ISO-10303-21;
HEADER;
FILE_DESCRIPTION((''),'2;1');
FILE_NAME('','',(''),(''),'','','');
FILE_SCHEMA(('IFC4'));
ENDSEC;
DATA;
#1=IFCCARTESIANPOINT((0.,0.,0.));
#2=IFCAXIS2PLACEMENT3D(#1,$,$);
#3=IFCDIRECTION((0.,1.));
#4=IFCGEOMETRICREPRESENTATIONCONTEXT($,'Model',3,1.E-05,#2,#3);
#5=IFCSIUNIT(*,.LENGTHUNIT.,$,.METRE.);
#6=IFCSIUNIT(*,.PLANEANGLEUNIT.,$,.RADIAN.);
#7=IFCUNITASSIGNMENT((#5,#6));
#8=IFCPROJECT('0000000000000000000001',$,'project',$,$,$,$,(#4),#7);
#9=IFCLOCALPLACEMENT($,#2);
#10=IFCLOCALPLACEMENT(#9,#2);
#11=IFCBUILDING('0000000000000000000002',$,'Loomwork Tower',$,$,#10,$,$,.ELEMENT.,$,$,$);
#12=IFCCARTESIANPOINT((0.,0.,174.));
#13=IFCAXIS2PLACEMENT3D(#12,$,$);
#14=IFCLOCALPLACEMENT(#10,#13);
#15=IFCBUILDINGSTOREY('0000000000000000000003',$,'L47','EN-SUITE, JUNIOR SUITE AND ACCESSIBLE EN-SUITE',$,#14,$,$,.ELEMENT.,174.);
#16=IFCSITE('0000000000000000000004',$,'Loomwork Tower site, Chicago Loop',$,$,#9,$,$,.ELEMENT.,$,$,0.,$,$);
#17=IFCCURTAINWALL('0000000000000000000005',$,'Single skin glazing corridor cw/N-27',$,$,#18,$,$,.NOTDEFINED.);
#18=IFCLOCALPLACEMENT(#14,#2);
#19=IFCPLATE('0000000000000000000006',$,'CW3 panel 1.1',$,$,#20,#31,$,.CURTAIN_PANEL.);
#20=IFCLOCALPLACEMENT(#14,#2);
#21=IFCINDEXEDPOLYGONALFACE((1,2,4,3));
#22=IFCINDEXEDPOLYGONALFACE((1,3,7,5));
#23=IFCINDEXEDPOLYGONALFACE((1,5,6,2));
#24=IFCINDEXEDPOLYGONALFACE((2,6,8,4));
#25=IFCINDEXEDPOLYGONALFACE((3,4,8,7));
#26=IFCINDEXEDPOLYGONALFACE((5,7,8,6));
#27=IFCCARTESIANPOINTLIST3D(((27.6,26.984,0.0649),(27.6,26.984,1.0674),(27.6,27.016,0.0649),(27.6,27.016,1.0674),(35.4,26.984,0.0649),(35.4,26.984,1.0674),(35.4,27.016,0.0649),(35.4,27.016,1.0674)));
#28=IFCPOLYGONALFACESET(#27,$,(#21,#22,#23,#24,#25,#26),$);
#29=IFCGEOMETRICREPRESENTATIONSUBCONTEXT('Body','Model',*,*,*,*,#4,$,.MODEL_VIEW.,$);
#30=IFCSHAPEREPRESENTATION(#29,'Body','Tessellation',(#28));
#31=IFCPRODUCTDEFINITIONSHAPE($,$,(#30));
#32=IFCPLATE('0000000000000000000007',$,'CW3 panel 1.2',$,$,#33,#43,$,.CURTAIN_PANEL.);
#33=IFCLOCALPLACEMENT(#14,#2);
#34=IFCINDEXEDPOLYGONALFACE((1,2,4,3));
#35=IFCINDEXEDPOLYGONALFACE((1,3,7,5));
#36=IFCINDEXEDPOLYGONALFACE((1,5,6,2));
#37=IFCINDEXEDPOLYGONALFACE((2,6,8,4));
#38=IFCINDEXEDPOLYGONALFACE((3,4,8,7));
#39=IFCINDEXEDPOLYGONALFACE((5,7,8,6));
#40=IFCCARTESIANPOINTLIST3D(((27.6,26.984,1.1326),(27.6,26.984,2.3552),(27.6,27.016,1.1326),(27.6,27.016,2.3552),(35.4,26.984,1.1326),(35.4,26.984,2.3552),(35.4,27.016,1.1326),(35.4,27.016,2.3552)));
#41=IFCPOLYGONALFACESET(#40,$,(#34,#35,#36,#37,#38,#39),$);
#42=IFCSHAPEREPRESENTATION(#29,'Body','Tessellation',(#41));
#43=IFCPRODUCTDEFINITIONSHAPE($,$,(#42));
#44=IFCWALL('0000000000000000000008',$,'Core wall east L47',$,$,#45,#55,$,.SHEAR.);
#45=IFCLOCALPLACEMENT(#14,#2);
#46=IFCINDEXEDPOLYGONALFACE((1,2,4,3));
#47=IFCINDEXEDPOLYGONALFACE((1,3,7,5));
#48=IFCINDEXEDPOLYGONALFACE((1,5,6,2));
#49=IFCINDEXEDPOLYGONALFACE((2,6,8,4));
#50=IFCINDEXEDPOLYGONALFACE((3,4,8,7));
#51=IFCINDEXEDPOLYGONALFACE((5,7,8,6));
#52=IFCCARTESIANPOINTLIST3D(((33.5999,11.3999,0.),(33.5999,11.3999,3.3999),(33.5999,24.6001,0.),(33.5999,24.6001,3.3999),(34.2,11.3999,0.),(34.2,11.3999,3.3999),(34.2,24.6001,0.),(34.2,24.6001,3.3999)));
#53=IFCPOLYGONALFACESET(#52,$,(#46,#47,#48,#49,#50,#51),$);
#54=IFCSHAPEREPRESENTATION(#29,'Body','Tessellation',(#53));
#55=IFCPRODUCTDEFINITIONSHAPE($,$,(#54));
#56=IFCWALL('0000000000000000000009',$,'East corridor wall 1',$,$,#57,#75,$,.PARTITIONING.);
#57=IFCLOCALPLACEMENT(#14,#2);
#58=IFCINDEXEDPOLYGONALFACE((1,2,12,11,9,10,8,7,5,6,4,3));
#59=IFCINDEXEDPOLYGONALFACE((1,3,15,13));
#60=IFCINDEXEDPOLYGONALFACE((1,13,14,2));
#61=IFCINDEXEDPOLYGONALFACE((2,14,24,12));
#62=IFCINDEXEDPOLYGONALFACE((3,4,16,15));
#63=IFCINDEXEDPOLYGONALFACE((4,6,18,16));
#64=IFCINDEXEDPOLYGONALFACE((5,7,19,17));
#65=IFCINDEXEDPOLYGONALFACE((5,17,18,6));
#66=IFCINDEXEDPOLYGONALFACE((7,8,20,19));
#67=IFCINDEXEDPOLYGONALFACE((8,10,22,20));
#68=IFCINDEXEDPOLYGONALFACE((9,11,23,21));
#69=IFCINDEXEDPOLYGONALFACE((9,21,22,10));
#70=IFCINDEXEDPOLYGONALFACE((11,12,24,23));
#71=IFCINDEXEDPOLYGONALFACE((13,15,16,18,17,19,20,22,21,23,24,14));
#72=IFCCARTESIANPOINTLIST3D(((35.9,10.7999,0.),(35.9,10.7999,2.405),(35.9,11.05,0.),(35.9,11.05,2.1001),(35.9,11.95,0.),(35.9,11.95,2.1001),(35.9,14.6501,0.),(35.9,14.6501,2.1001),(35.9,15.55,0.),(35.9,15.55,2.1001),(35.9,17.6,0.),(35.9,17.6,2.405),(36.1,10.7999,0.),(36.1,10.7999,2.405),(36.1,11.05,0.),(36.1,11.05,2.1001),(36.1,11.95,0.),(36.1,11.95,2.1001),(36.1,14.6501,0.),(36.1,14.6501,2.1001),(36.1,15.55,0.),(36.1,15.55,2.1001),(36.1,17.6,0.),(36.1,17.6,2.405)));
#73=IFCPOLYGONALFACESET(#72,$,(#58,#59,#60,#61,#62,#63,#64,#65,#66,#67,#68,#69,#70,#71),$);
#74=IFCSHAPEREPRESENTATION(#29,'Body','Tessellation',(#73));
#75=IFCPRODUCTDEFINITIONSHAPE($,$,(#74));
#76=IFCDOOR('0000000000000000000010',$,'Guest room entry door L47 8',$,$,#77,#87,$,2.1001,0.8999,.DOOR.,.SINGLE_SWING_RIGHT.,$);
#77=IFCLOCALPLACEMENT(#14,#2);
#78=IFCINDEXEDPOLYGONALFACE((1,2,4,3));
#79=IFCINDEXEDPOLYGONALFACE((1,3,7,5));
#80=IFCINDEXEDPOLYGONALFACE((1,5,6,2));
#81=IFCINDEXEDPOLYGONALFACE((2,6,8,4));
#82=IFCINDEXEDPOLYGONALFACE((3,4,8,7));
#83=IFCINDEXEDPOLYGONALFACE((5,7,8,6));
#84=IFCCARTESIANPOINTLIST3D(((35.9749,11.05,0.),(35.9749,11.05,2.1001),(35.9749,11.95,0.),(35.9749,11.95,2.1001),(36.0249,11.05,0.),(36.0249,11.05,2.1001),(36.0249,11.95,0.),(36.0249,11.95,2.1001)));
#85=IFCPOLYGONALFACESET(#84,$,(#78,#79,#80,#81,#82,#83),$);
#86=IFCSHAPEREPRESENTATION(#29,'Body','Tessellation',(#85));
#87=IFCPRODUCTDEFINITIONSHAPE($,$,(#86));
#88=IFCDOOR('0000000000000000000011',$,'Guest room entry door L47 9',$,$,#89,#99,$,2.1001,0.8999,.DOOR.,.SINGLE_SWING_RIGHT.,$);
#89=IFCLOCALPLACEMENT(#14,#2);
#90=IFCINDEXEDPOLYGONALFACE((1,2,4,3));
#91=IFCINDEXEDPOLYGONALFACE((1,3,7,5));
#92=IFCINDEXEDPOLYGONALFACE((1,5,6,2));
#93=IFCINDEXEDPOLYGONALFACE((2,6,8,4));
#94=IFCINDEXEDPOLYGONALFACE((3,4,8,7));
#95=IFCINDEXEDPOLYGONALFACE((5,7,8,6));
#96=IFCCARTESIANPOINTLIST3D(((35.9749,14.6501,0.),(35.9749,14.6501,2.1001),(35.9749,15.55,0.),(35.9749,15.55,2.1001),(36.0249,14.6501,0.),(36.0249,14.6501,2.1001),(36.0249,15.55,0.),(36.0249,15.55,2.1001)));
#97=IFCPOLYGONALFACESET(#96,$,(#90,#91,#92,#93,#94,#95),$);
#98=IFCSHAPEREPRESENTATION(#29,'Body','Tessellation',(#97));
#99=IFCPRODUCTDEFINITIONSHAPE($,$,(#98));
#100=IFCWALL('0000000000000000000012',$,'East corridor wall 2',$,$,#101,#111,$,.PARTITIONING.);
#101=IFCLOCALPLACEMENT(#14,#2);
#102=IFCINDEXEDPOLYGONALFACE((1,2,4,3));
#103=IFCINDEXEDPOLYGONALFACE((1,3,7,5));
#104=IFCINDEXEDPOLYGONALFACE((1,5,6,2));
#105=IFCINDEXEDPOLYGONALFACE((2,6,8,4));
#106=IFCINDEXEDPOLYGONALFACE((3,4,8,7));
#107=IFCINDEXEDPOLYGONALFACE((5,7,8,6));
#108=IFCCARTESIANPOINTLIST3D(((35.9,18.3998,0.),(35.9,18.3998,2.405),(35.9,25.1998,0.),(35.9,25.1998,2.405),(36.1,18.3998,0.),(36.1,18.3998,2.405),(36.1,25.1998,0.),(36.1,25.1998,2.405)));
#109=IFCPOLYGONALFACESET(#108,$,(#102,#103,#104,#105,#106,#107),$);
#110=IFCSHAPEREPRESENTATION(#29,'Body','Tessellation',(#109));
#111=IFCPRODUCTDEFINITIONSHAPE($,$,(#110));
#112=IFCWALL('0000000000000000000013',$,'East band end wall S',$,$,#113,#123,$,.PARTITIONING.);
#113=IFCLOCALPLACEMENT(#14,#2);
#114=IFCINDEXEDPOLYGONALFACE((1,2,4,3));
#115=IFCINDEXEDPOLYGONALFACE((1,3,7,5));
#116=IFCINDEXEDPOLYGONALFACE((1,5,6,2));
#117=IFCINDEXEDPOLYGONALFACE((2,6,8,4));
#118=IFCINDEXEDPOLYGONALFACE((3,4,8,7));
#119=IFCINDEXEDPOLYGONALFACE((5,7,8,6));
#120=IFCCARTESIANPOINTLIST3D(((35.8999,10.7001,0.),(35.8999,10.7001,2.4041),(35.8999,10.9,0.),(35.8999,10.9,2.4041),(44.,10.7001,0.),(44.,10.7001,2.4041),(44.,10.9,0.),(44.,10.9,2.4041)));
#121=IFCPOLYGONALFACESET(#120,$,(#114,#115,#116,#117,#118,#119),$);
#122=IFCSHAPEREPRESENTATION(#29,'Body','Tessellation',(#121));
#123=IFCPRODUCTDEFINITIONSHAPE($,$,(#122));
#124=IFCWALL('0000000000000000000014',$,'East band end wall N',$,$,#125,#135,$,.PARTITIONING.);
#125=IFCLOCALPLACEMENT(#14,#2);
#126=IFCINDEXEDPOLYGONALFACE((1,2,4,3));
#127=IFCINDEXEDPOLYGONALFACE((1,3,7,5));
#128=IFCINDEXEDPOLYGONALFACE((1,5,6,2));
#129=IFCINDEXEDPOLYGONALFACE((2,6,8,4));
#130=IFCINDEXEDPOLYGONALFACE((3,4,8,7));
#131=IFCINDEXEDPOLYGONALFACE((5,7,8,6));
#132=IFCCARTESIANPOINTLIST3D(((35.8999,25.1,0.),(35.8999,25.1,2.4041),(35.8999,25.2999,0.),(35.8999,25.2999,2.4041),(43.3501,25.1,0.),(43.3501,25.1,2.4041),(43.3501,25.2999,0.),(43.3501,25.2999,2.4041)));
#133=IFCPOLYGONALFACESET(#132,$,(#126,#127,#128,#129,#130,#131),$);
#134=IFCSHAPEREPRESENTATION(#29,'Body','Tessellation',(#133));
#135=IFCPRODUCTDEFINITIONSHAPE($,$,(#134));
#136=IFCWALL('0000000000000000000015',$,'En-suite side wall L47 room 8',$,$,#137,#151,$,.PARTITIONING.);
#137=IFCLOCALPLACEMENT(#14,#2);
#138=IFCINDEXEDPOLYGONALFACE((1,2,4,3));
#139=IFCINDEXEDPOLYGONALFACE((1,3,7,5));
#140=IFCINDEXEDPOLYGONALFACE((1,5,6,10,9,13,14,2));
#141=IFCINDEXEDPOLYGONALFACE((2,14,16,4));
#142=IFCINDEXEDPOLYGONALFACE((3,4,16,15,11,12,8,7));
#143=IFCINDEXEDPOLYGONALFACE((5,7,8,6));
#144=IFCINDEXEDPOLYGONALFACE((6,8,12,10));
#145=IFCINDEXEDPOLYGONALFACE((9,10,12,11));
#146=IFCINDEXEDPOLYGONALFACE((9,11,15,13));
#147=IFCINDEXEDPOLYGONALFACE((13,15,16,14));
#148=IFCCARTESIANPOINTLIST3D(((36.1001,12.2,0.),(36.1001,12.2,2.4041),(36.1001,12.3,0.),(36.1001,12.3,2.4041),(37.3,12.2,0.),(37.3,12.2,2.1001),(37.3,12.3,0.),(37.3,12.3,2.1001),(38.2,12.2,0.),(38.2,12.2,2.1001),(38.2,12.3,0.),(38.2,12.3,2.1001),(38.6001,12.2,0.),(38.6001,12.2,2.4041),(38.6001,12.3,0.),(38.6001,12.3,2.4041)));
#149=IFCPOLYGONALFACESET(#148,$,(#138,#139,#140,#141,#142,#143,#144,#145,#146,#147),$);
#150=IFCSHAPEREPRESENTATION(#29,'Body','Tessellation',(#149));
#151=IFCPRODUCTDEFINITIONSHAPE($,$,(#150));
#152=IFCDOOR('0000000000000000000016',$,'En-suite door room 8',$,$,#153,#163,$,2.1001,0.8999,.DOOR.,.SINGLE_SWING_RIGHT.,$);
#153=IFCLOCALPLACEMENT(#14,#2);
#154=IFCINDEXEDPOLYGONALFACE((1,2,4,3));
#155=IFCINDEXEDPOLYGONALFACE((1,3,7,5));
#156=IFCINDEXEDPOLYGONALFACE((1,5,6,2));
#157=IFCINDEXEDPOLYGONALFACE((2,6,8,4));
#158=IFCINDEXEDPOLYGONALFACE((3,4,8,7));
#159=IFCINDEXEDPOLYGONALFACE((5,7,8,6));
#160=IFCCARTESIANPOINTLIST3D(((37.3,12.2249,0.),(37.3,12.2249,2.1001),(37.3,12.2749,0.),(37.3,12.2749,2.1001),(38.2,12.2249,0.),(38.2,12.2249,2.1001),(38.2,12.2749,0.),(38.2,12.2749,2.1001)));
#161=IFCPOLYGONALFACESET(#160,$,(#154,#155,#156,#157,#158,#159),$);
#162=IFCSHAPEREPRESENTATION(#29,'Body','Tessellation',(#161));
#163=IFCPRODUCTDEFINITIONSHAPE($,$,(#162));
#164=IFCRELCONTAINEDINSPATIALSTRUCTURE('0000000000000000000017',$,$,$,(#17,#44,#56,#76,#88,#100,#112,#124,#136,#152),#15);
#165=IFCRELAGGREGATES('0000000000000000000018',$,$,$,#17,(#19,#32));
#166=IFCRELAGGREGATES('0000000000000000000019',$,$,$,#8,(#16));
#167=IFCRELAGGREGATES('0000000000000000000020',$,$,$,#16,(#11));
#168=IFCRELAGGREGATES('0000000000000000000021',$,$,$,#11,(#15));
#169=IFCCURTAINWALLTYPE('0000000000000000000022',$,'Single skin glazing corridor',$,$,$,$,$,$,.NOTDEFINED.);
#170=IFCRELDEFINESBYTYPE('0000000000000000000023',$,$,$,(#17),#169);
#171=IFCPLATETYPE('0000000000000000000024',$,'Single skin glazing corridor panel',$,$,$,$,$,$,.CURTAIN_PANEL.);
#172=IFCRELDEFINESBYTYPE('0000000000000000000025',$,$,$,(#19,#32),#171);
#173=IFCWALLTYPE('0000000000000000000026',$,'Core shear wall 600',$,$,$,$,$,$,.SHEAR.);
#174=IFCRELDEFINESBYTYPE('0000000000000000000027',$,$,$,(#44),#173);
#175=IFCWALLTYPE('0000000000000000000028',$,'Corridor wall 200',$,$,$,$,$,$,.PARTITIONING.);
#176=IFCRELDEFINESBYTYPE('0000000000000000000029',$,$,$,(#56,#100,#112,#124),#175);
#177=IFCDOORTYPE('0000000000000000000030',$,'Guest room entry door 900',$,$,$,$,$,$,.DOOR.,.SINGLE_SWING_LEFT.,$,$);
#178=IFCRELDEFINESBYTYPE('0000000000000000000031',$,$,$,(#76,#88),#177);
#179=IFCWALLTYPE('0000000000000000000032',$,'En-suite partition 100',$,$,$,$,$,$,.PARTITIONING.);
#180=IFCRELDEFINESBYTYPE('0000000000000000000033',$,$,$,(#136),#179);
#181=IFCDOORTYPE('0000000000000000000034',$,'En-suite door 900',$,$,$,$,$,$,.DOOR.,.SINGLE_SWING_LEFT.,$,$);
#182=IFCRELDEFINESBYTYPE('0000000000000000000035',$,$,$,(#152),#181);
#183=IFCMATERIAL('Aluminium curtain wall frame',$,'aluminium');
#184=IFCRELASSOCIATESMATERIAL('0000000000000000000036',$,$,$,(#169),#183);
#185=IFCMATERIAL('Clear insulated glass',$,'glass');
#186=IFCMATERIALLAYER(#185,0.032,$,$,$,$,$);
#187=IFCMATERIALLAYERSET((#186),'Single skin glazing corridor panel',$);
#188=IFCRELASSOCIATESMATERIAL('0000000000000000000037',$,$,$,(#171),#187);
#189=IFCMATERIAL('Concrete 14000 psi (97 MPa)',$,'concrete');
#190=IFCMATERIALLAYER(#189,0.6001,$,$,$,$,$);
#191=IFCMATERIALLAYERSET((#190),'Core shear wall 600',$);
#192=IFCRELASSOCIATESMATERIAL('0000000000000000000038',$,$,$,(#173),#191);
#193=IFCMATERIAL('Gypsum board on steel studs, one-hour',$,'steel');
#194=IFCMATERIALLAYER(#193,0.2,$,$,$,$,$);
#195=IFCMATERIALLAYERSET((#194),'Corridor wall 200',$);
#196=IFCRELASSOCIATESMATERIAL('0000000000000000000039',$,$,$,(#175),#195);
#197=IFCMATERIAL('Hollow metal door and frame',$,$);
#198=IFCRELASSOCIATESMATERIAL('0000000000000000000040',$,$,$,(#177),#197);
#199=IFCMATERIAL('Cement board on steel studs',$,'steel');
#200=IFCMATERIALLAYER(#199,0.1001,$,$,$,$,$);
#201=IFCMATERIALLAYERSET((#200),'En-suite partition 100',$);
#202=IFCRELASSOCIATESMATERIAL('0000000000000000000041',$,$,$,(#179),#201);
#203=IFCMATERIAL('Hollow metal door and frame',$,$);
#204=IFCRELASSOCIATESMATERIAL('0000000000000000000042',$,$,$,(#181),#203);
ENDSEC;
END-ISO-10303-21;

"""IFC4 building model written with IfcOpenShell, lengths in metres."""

from ifc_helpers import new_model, si_unit, direction, frame, frame_2d, origin, origin_2d, place, context, subcontext, project, spatial, rectangle, extrude, material, layer, layer_set, type_object, element, fill, aggregate, save


model = new_model("IFC4")

# Units and contexts
model_context = context("Model", 3, precision=1e-05, world=origin(), true_north=direction((0.0, 1.0)))
body_context = subcontext(model_context, "Body", "Model", "MODEL_VIEW")
ifc_project = project(units=[si_unit("LENGTHUNIT", "METRE"), si_unit("PLANEANGLEUNIT", "RADIAN")], contexts=[model_context])

# Site, building, storey
site_placement = place(None, origin())
site = spatial("IfcSite", under=ifc_project, at=site_placement, Name="Loomwork Tower site, Chicago Loop", CompositionType="ELEMENT", RefElevation=0.0)
building_placement = place(site_placement, origin())
building = spatial("IfcBuilding", under=site, at=building_placement, Name="Loomwork Tower", CompositionType="ELEMENT")
storey_placement = place(building_placement, frame((0.0, 0.0, 174.0)))
storey = spatial("IfcBuildingStorey", under=building, at=storey_placement, Name="L47", Description="EN-SUITE, JUNIOR SUITE AND ACCESSIBLE EN-SUITE", CompositionType="ELEMENT", Elevation=174.0)

# Curtain wall, plates
ifc_material_1 = material(Name="Aluminium curtain wall frame", Category="aluminium")
curtain_wall_type = type_object("IfcCurtainWallType", Name="Single skin glazing corridor", PredefinedType="NOTDEFINED", material=ifc_material_1)
curtain_wall_placement = place(storey_placement, origin())
curtain_wall = element("IfcCurtainWall", 1, at=curtain_wall_placement, inside=storey, type_object=curtain_wall_type, Name="Single skin glazing corridor cw/N-27", PredefinedType="NOTDEFINED")
ifc_material_2 = material(Name="Clear insulated glass", Category="glass")
ifc_layer_1 = layer(ifc_material_2, 0.032)
ifc_layer_set_1 = layer_set([ifc_layer_1], Name="Single skin glazing corridor panel")
plate_type = type_object("IfcPlateType", Name="Single skin glazing corridor panel", PredefinedType="CURTAIN_PANEL", material=ifc_layer_set_1)
plate_1_placement = place(storey_placement, frame((31.5, 27.0, 0.0649), z_axis=(0.0, 0.0, 1.0), x_axis=(-1.0, 0.0, 0.0)))
plate_1 = element("IfcPlate", 2, at=plate_1_placement, type_object=plate_type, Name="CW3 panel 1.1", PredefinedType="CURTAIN_PANEL", context=body_context, shape_type="SweptSolid", body=[
    extrude(rectangle(XDim=7.8, YDim=0.032, at=origin_2d()), origin(), (0.0, 0.0, 1.0), 1.0024),
])
plate_2_placement = place(storey_placement, frame((31.5, 27.0, 1.1326), z_axis=(0.0, 0.0, 1.0), x_axis=(-1.0, 0.0, 0.0)))
plate_2 = element("IfcPlate", 3, at=plate_2_placement, type_object=plate_type, Name="CW3 panel 1.2", PredefinedType="CURTAIN_PANEL", context=body_context, shape_type="SweptSolid", body=[
    extrude(rectangle(XDim=7.8, YDim=0.032, at=origin_2d()), origin(), (0.0, 0.0, 1.0), 1.2227),
])
aggregate(curtain_wall, [plate_1, plate_2])

# Wall
ifc_material_3 = material(Name="Concrete 14000 psi (97 MPa)", Category="concrete")
ifc_layer_2 = layer(ifc_material_3, 0.6001)
ifc_layer_set_2 = layer_set([ifc_layer_2], Name="Core shear wall 600")
wall_type_1 = type_object("IfcWallType", Name="Core shear wall 600", PredefinedType="SHEAR", material=ifc_layer_set_2)
wall_1_placement = place(storey_placement, frame((33.8999, 11.3999, 0.0), z_axis=(0.0, 0.0, 1.0), x_axis=(0.0, 1.0, 0.0)))
element("IfcWall", 4, at=wall_1_placement, inside=storey, type_object=wall_type_1, Name="Core wall east L47", PredefinedType="SHEAR", context=body_context, shape_type="SweptSolid", body=[
    extrude(rectangle(XDim=13.2002, YDim=0.6001, at=frame_2d((6.6001, 0.0))), origin(), (0.0, 0.0, 1.0), 3.3999),
])

# Wall, openings, doors
ifc_material_4 = material(Name="Gypsum board on steel studs, one-hour", Category="steel")
ifc_layer_3 = layer(ifc_material_4, 0.2)
ifc_layer_set_3 = layer_set([ifc_layer_3], Name="Corridor wall 200")
wall_type_2 = type_object("IfcWallType", Name="Corridor wall 200", PredefinedType="PARTITIONING", material=ifc_layer_set_3)
wall_2_placement = place(storey_placement, frame((36.0, 10.8, 0.0), z_axis=(0.0, 0.0, 1.0), x_axis=(0.0, 1.0, 0.0)))
wall_2 = element("IfcWall", 5, at=wall_2_placement, inside=storey, type_object=wall_type_2, Name="East corridor wall 1", PredefinedType="PARTITIONING", context=body_context, shape_type="SweptSolid", body=[
    extrude(rectangle(XDim=6.8, YDim=0.2, at=frame_2d((3.3999, 0.0))), origin(), (0.0, 0.0, 1.0), 2.405),
])
opening_1_placement = place(wall_2_placement, frame((0.25, 0.0, 0.0)))
opening_1 = element("IfcOpeningElement", 6, at=opening_1_placement, cuts=wall_2, PredefinedType="OPENING", context=body_context, shape_type="SweptSolid", body=[
    extrude(rectangle(XDim=0.8999, YDim=2.1001, at=frame_2d((0.45, 1.05))), frame((0.0, 0.1099, 0.0), z_axis=(0.0, -1.0, 0.0), x_axis=(1.0, 0.0, 0.0)), (0.0, 0.0, 1.0), 0.22),
])
opening_2_placement = place(wall_2_placement, frame((3.8501, 0.0, 0.0)))
opening_2 = element("IfcOpeningElement", 7, at=opening_2_placement, cuts=wall_2, PredefinedType="OPENING", context=body_context, shape_type="SweptSolid", body=[
    extrude(rectangle(XDim=0.8999, YDim=2.1001, at=frame_2d((0.45, 1.05))), frame((0.0, 0.1099, 0.0), z_axis=(0.0, -1.0, 0.0), x_axis=(1.0, 0.0, 0.0)), (0.0, 0.0, 1.0), 0.22),
])
ifc_material_5 = material(Name="Hollow metal door and frame")
door_type_1 = type_object("IfcDoorType", Name="Guest room entry door 900", OperationType="SINGLE_SWING_LEFT", PredefinedType="DOOR", material=ifc_material_5)
door_1_placement = place(opening_1_placement, frame((0.8999, 0.0, 0.0), z_axis=(0.0, 0.0, 1.0), x_axis=(-1.0, 0.0, 0.0)))
door_1 = element("IfcDoor", 8, at=door_1_placement, inside=storey, type_object=door_type_1, Name="Guest room entry door L47 8", OperationType="SINGLE_SWING_RIGHT", OverallHeight=2.1001, OverallWidth=0.8999, PredefinedType="DOOR", context=body_context, shape_type="SweptSolid", body=[
    extrude(rectangle(XDim=0.8999, YDim=2.1001, at=frame_2d((0.45, 1.05))), frame((0.0, 0.0249, 0.0), z_axis=(0.0, -1.0, 0.0), x_axis=(1.0, 0.0, 0.0)), (0.0, 0.0, 1.0), 0.05),
])
fill(opening_1, door_1)
door_2_placement = place(opening_2_placement, frame((0.8999, 0.0, 0.0), z_axis=(0.0, 0.0, 1.0), x_axis=(-1.0, 0.0, 0.0)))
door_2 = element("IfcDoor", 9, at=door_2_placement, inside=storey, type_object=door_type_1, Name="Guest room entry door L47 9", OperationType="SINGLE_SWING_RIGHT", OverallHeight=2.1001, OverallWidth=0.8999, PredefinedType="DOOR", context=body_context, shape_type="SweptSolid", body=[
    extrude(rectangle(XDim=0.8999, YDim=2.1001, at=frame_2d((0.45, 1.05))), frame((0.0, 0.0249, 0.0), z_axis=(0.0, -1.0, 0.0), x_axis=(1.0, 0.0, 0.0)), (0.0, 0.0, 1.0), 0.05),
])
fill(opening_2, door_2)

# Walls
wall_3_placement = place(storey_placement, frame((36.0, 18.3999, 0.0), z_axis=(0.0, 0.0, 1.0), x_axis=(0.0, 1.0, 0.0)))
element("IfcWall", 10, at=wall_3_placement, inside=storey, type_object=wall_type_2, Name="East corridor wall 2", PredefinedType="PARTITIONING", context=body_context, shape_type="SweptSolid", body=[
    extrude(rectangle(XDim=6.8, YDim=0.2, at=frame_2d((3.3999, 0.0))), origin(), (0.0, 0.0, 1.0), 2.405),
])
wall_4_placement = place(storey_placement, frame((35.8999, 10.8, 0.0), z_axis=(0.0, 0.0, 1.0), x_axis=(1.0, 0.0, 0.0)))
element("IfcWall", 11, at=wall_4_placement, inside=storey, type_object=wall_type_2, Name="East band end wall S", PredefinedType="PARTITIONING", context=body_context, shape_type="SweptSolid", body=[
    extrude(rectangle(XDim=8.1001, YDim=0.2, at=frame_2d((4.05, 0.0))), origin(), (0.0, 0.0, 1.0), 2.4041),
])
wall_5_placement = place(storey_placement, frame((35.8999, 25.2, 0.0), z_axis=(0.0, 0.0, 1.0), x_axis=(1.0, 0.0, 0.0)))
element("IfcWall", 12, at=wall_5_placement, inside=storey, type_object=wall_type_2, Name="East band end wall N", PredefinedType="PARTITIONING", context=body_context, shape_type="SweptSolid", body=[
    extrude(rectangle(XDim=7.4502, YDim=0.2, at=frame_2d((3.7251, 0.0))), origin(), (0.0, 0.0, 1.0), 2.4041),
])

# Wall, opening, door
ifc_material_6 = material(Name="Cement board on steel studs", Category="steel")
ifc_layer_4 = layer(ifc_material_6, 0.1001)
ifc_layer_set_4 = layer_set([ifc_layer_4], Name="En-suite partition 100")
wall_type_3 = type_object("IfcWallType", Name="En-suite partition 100", PredefinedType="PARTITIONING", material=ifc_layer_set_4)
wall_6_placement = place(storey_placement, frame((36.1001, 12.25, 0.0), z_axis=(0.0, 0.0, 1.0), x_axis=(1.0, 0.0, 0.0)))
wall_6 = element("IfcWall", 13, at=wall_6_placement, inside=storey, type_object=wall_type_3, Name="En-suite side wall L47 room 8", PredefinedType="PARTITIONING", context=body_context, shape_type="SweptSolid", body=[
    extrude(rectangle(XDim=2.5, YDim=0.1001, at=frame_2d((1.25, 0.0))), origin(), (0.0, 0.0, 1.0), 2.4041),
])
opening_3_placement = place(wall_6_placement, frame((1.2, 0.0, 0.0)))
opening_3 = element("IfcOpeningElement", 14, at=opening_3_placement, cuts=wall_6, PredefinedType="OPENING", context=body_context, shape_type="SweptSolid", body=[
    extrude(rectangle(XDim=0.8999, YDim=2.1001, at=frame_2d((0.45, 1.05))), frame((0.0, 0.0601, 0.0), z_axis=(0.0, -1.0, 0.0), x_axis=(1.0, 0.0, 0.0)), (0.0, 0.0, 1.0), 0.1201),
])
ifc_material_7 = material(Name="Hollow metal door and frame")
door_type_2 = type_object("IfcDoorType", Name="En-suite door 900", OperationType="SINGLE_SWING_LEFT", PredefinedType="DOOR", material=ifc_material_7)
door_3_placement = place(opening_3_placement, origin())
door_3 = element("IfcDoor", 15, at=door_3_placement, inside=storey, type_object=door_type_2, Name="En-suite door room 8", OperationType="SINGLE_SWING_RIGHT", OverallHeight=2.1001, OverallWidth=0.8999, PredefinedType="DOOR", context=body_context, shape_type="SweptSolid", body=[
    extrude(rectangle(XDim=0.8999, YDim=2.1001, at=frame_2d((0.45, 1.05))), frame((0.0, 0.0249, 0.0), z_axis=(0.0, -1.0, 0.0), x_axis=(1.0, 0.0, 0.0)), (0.0, 0.0, 1.0), 0.05),
])
fill(opening_3, door_3)

save(model, "model.ifc")
